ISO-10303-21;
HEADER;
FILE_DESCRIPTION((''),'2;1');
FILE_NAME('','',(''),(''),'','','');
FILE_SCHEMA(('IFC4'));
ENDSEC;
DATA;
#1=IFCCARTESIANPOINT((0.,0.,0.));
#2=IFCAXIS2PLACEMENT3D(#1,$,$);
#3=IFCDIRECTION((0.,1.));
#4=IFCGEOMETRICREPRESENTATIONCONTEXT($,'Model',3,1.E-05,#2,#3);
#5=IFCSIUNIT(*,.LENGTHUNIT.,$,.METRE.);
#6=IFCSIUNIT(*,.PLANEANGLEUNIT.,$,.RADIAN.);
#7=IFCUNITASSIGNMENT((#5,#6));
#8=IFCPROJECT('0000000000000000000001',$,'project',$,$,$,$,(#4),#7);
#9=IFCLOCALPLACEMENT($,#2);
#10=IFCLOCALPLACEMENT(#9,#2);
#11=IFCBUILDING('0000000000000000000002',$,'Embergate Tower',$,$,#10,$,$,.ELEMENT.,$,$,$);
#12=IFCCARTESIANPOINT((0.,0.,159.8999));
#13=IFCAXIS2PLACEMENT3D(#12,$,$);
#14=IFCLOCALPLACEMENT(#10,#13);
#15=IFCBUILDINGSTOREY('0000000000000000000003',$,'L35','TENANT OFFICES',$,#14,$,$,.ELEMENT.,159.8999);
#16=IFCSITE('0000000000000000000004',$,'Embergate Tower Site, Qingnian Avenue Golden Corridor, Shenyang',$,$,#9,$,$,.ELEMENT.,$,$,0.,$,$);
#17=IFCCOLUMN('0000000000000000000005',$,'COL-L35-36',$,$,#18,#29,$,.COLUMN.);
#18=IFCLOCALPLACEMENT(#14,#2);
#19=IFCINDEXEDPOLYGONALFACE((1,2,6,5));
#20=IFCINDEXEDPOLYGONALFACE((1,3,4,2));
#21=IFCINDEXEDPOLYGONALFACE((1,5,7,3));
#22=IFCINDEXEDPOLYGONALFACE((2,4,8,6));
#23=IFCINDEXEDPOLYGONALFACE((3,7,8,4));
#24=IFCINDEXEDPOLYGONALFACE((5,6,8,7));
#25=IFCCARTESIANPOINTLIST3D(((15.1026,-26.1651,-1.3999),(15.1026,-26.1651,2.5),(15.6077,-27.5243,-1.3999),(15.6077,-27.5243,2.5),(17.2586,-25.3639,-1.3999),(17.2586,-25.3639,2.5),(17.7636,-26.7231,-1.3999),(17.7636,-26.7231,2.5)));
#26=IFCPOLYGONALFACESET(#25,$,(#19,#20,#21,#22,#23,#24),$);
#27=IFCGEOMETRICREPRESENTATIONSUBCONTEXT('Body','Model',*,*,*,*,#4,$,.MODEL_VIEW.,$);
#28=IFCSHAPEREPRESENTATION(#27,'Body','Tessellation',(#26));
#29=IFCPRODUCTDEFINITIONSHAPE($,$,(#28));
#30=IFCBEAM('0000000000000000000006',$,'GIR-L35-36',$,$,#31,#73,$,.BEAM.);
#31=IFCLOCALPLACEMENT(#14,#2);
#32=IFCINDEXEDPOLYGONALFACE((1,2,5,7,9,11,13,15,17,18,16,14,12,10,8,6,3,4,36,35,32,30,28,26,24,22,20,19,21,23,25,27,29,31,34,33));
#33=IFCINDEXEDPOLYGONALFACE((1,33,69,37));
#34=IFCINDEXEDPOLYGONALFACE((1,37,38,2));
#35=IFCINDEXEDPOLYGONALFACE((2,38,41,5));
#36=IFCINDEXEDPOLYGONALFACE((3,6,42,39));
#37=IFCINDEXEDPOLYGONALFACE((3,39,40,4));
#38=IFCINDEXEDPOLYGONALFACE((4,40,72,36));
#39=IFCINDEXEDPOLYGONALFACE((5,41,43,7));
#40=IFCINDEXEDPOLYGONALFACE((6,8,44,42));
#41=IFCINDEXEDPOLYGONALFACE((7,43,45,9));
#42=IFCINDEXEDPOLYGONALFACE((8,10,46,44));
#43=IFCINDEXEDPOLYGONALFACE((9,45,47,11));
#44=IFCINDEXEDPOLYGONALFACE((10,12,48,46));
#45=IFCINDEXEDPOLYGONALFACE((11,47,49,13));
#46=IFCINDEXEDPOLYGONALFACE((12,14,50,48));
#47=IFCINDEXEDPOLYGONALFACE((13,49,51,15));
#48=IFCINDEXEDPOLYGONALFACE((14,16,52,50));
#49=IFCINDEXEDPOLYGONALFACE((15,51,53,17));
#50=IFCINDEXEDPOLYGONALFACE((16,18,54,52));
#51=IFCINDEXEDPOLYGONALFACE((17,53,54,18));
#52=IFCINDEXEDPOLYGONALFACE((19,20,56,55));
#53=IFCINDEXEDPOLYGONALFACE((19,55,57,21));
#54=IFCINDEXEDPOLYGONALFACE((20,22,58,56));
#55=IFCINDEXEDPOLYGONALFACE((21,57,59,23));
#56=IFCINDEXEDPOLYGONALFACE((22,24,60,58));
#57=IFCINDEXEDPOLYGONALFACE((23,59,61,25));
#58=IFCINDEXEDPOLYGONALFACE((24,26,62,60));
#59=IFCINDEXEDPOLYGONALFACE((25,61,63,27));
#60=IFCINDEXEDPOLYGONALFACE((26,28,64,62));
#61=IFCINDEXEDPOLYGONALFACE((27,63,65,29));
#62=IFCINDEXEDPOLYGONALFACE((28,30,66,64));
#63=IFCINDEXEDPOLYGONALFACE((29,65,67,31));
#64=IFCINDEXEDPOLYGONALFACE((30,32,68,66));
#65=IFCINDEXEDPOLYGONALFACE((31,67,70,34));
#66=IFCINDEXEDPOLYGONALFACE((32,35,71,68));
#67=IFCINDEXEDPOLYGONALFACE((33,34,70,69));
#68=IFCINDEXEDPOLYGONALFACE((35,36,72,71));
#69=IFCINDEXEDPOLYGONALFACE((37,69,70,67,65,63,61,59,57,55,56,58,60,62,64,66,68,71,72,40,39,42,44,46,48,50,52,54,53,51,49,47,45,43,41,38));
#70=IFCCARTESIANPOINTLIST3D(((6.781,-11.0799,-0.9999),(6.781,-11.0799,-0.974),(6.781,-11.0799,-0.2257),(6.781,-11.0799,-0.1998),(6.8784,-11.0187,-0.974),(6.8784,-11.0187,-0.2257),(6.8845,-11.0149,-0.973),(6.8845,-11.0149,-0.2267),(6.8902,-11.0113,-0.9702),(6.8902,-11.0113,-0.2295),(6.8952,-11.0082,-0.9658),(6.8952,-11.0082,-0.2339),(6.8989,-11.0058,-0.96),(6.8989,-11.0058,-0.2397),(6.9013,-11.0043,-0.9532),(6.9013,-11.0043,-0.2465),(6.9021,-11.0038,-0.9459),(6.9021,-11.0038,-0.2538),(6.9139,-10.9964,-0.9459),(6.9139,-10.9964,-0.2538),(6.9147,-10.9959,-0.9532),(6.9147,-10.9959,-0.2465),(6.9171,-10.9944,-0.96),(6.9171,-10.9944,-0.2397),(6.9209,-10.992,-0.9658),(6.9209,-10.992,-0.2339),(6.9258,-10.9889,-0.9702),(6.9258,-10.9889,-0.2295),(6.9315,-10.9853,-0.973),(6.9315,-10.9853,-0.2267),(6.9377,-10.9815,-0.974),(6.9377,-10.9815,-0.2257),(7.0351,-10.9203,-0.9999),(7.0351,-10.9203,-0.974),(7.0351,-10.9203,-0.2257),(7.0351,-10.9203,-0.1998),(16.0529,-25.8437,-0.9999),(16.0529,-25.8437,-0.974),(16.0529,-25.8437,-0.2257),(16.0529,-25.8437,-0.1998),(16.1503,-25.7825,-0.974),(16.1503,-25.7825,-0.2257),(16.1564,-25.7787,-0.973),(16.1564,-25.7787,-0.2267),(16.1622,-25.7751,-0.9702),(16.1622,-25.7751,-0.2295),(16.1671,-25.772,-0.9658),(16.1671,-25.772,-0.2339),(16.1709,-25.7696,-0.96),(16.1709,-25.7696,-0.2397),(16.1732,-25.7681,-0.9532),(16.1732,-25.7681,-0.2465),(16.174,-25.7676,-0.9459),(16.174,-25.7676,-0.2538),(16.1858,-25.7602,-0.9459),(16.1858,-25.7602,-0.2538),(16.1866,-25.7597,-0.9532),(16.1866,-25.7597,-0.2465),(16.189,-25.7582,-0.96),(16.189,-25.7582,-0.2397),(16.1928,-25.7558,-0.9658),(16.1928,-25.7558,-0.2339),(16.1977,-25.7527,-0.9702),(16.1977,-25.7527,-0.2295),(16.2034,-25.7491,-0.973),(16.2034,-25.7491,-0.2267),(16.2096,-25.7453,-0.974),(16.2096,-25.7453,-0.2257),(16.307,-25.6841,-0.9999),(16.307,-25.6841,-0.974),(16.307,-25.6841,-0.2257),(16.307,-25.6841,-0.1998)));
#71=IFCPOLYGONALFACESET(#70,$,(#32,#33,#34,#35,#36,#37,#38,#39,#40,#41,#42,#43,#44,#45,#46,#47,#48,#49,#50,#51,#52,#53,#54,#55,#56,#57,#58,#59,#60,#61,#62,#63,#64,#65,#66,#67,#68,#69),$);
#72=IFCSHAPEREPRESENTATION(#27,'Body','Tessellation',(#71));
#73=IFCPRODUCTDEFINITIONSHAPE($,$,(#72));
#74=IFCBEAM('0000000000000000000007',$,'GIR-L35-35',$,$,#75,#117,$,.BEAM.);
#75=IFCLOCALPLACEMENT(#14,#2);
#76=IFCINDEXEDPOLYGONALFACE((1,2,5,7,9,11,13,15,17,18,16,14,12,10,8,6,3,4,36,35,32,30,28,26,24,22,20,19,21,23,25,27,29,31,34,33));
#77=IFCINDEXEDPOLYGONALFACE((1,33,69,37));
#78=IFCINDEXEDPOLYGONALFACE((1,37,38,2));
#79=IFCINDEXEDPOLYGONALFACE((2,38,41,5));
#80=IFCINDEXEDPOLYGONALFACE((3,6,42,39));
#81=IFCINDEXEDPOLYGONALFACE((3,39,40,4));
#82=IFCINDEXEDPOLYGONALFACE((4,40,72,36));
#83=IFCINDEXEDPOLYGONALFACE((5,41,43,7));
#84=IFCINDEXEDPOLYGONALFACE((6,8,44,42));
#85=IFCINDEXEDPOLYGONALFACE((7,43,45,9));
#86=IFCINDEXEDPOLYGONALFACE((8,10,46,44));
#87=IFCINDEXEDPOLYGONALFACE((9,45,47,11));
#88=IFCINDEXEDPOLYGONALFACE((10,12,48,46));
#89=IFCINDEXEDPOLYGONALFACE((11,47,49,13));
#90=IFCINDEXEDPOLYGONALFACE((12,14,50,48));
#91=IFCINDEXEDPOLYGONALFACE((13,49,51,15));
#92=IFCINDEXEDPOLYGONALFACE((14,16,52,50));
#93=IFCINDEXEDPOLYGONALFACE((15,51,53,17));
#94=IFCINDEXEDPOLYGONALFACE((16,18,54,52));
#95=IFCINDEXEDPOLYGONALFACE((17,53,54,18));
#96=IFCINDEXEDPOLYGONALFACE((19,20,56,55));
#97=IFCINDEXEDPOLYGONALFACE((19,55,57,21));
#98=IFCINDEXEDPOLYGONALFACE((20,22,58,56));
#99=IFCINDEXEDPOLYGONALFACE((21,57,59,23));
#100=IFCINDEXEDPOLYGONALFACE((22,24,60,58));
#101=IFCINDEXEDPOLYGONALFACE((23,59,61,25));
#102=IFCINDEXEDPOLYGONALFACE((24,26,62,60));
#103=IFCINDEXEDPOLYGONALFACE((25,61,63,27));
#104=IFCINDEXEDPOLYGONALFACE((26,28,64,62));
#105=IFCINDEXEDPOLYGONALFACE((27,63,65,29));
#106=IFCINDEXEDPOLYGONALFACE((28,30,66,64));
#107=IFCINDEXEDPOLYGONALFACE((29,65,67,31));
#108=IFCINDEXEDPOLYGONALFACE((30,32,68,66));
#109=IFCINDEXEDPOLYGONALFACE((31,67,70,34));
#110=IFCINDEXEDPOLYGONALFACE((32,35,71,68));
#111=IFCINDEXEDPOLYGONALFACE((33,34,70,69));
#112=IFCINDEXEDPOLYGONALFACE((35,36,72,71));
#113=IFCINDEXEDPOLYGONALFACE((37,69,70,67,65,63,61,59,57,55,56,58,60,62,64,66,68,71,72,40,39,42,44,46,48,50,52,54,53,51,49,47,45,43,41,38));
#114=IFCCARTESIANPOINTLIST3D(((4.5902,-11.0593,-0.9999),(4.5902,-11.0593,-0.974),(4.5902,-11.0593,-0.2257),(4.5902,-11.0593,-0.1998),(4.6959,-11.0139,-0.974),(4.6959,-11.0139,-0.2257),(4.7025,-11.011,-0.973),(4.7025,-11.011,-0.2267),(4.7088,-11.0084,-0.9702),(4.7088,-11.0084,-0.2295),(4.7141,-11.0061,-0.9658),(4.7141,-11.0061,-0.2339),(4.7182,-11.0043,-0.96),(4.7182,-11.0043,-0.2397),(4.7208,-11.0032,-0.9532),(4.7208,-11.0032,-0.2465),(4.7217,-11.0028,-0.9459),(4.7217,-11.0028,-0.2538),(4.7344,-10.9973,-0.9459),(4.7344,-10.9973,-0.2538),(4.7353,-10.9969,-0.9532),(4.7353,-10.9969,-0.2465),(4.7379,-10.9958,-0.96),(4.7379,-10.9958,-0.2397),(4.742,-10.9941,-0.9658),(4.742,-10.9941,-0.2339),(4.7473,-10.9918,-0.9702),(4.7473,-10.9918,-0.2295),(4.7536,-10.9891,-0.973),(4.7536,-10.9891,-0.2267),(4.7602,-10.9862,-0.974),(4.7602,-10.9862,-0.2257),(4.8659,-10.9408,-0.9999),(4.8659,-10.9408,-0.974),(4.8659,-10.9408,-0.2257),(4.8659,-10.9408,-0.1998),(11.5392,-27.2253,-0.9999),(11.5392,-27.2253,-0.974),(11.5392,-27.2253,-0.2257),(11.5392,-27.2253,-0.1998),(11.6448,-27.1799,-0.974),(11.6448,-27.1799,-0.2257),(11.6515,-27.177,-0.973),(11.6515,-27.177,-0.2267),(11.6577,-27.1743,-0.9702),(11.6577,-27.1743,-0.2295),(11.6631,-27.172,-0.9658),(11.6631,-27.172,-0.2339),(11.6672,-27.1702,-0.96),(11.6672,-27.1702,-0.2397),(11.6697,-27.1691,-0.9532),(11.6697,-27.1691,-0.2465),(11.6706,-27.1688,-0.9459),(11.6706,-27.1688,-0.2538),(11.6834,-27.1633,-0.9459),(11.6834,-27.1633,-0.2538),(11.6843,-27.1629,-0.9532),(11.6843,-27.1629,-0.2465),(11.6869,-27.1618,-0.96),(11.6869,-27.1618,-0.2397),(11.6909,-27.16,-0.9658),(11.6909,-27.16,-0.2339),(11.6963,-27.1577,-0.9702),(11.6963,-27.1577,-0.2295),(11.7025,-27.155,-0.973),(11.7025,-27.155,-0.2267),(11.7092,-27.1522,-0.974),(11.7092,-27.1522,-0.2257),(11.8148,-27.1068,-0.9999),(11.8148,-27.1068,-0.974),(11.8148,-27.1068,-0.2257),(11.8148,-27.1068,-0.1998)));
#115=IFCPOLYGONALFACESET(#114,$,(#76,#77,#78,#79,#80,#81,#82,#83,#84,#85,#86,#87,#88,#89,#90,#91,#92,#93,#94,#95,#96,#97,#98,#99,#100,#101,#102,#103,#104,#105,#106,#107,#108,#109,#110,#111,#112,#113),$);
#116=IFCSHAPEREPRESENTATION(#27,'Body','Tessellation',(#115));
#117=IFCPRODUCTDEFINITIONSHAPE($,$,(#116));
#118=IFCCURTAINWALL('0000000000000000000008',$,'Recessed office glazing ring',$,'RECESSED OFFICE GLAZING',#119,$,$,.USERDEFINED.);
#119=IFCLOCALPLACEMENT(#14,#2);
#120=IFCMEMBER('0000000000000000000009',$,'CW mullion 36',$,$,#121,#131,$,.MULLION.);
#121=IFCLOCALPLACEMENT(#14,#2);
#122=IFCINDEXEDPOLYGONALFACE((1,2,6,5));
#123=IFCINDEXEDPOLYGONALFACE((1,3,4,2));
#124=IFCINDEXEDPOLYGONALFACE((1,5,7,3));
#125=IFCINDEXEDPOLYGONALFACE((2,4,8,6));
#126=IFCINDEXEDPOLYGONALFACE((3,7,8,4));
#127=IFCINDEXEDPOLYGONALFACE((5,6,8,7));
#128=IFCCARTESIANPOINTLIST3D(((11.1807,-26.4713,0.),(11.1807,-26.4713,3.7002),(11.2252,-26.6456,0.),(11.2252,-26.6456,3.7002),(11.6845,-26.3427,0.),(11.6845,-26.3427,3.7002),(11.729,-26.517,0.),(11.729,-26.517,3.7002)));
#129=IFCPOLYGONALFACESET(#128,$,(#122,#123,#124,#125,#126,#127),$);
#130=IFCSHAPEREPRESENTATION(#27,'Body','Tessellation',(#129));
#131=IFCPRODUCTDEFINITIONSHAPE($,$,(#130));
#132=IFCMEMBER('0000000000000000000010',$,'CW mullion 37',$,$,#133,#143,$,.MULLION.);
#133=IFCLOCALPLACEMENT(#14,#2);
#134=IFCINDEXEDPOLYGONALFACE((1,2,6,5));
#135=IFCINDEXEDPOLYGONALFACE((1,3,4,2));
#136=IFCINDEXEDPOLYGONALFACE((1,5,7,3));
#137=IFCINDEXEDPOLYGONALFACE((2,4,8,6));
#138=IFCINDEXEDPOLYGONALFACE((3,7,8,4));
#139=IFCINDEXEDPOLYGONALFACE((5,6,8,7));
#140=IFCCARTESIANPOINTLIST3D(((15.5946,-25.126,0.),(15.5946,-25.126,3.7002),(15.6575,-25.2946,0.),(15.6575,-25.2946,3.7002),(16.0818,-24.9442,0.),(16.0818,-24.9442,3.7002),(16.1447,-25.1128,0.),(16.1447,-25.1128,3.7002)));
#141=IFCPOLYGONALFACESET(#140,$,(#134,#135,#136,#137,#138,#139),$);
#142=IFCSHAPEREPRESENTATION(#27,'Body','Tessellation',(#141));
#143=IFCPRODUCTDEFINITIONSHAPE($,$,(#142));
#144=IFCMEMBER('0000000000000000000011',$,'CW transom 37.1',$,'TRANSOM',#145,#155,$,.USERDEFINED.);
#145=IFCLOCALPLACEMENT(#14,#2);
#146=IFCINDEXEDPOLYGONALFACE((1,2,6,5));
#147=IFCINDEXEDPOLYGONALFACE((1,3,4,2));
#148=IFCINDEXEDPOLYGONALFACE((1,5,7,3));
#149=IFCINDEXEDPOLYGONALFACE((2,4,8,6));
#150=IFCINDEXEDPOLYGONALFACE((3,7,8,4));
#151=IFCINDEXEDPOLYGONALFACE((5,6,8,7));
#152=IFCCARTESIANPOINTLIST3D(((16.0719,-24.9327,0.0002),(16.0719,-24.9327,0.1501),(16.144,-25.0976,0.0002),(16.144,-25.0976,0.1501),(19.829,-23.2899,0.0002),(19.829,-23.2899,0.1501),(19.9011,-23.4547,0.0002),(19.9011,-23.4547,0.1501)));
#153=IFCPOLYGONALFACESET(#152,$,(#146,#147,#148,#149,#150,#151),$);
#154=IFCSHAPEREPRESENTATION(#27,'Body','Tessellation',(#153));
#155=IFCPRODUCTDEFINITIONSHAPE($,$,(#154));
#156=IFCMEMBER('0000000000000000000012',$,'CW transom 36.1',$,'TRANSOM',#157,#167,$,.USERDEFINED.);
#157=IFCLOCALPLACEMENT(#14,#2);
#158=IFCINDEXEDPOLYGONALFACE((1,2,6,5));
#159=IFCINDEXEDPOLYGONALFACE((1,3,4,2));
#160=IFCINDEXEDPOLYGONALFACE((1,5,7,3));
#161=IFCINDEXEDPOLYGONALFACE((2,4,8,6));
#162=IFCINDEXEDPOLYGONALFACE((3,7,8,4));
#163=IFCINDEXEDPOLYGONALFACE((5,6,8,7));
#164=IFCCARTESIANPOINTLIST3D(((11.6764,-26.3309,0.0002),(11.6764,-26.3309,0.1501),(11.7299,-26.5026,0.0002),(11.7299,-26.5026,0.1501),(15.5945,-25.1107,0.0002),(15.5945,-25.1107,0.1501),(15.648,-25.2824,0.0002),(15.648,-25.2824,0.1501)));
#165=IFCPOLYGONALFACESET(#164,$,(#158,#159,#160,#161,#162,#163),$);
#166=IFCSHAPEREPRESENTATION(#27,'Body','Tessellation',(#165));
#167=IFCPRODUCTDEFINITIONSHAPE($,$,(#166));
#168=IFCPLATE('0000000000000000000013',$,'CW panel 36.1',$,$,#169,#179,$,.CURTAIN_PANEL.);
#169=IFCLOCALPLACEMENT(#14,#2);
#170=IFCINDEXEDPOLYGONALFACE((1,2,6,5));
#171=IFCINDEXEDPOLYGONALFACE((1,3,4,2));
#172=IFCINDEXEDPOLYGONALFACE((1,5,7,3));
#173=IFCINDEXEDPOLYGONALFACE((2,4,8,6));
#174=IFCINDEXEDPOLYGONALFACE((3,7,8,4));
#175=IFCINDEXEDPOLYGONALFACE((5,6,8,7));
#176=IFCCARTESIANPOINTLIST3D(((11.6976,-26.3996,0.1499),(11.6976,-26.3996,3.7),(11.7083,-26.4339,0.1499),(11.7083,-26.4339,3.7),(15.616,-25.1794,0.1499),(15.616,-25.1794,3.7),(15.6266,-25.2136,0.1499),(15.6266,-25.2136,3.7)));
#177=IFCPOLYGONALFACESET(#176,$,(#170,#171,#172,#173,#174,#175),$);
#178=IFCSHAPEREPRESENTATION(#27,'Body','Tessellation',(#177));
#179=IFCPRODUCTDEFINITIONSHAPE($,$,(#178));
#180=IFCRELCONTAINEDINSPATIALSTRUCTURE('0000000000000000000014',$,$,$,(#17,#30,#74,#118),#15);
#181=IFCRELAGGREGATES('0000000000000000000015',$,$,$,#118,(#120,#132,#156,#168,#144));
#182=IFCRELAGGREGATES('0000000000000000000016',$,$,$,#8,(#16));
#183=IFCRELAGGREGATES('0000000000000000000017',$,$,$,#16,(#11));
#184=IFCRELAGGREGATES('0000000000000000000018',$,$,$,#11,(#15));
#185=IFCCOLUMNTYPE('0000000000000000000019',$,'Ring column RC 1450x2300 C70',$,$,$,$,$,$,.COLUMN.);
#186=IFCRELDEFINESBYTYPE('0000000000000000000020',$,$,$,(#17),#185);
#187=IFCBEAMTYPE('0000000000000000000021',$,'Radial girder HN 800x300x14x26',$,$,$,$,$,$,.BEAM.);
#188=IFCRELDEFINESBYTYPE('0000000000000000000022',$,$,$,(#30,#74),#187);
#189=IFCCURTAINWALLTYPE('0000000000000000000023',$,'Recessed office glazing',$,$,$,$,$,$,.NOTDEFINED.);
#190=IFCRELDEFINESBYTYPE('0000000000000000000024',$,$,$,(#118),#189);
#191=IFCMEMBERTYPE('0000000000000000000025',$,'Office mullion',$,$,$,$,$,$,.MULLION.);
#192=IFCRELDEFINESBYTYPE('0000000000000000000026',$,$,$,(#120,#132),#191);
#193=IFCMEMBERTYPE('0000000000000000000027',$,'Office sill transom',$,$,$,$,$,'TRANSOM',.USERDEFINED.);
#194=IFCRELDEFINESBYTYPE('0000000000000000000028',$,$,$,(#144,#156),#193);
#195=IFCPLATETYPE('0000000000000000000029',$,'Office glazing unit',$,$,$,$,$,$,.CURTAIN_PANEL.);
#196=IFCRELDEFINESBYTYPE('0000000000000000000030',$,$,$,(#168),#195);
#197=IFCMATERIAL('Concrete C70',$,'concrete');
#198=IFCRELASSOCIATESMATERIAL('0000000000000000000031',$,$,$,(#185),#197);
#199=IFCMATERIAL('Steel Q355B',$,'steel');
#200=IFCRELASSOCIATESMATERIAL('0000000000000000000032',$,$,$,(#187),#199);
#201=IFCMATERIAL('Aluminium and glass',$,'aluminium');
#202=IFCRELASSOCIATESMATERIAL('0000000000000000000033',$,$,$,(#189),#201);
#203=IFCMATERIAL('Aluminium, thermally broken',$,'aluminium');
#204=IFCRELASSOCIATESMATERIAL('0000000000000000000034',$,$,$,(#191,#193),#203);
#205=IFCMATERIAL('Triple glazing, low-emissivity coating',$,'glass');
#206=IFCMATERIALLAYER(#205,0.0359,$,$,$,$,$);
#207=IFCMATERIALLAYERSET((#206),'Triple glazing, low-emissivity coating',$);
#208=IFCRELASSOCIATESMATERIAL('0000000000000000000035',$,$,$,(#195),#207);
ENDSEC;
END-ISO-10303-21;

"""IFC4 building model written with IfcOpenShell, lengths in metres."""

from ifc_helpers import new_model, si_unit, direction, frame, origin, origin_2d, place, context, subcontext, project, spatial, rectangle, i_section, extrude, source, transform, mapped, material, layer, layer_set, material_profile, profile_set, type_object, element, aggregate, save


model = new_model("IFC4")

# Units and contexts
model_context = context("Model", 3, precision=1e-05, world=origin(), true_north=direction((0.0, 1.0)))
body_context = subcontext(model_context, "Body", "Model", "MODEL_VIEW")
ifc_project = project(units=[si_unit("LENGTHUNIT", "METRE"), si_unit("PLANEANGLEUNIT", "RADIAN")], contexts=[model_context])

# Site, building, storey
site_placement = place(None, origin())
site = spatial("IfcSite", under=ifc_project, at=site_placement, Name="Embergate Tower Site, Qingnian Avenue Golden Corridor, Shenyang", CompositionType="ELEMENT", RefElevation=0.0)
building_placement = place(site_placement, origin())
building = spatial("IfcBuilding", under=site, at=building_placement, Name="Embergate Tower", CompositionType="ELEMENT")
storey_placement = place(building_placement, frame((0.0, 0.0, 159.8999)))
storey = spatial("IfcBuildingStorey", under=building, at=storey_placement, Name="L35", Description="TENANT OFFICES", CompositionType="ELEMENT", Elevation=159.8999)

# Column
ifc_material_1 = material(Name="Concrete C70", Category="concrete")
ifc_material_profile_1 = material_profile(ifc_material_1, rectangle(XDim=1.45, YDim=2.3, at=origin_2d()), Name="RC 1450x2300")
ifc_profile_set_1 = profile_set([ifc_material_profile_1], Name="Concrete C70")
column_type = type_object("IfcColumnType", Name="Ring column RC 1450x2300 C70", PredefinedType="COLUMN", material=ifc_profile_set_1)
shared_shape_1 = source(origin(), body_context, "Body", "SweptSolid", [
    extrude(rectangle(XDim=1.45, YDim=2.3, at=origin_2d()), origin(), (0.0, 0.0, 1.0), 3.8999),
])
column_placement = place(storey_placement, frame((16.4331, -26.4441, -1.3999), z_axis=(0.0, 0.0, 1.0), x_axis=(0.348343, -0.937367, 0.0)))
element("IfcColumn", 1, at=column_placement, inside=storey, type_object=column_type, Name="COL-L35-36", PredefinedType="COLUMN", context=body_context, shape_type="MappedRepresentation", body=[
    mapped(shared_shape_1, transform((0.0, 0.0, 0.0))),
])

# Beams
ifc_material_2 = material(Name="Steel Q355B", Category="steel")
ifc_material_profile_2 = material_profile(ifc_material_2, i_section(OverallWidth=0.3, OverallDepth=0.8, WebThickness=0.0139, FlangeThickness=0.0259, FilletRadius=0.0281, at=origin_2d()), Name="HN 800x300x14x26")
ifc_profile_set_2 = profile_set([ifc_material_profile_2], Name="Steel Q355 grade B")
beam_type = type_object("IfcBeamType", Name="Radial girder HN 800x300x14x26", PredefinedType="BEAM", material=ifc_profile_set_2)
shared_shape_2 = source(origin(), body_context, "Body", "SweptSolid", [
    extrude(i_section(OverallWidth=0.3, OverallDepth=0.8, WebThickness=0.0139, FlangeThickness=0.0259, FilletRadius=0.0281, at=origin_2d()), origin(), (0.0, 0.0, 1.0), 17.4338),
])
beam_1_placement = place(storey_placement, frame((16.1799, -25.7639, -0.5999), z_axis=(-0.531834, 0.846848, 0.0), x_axis=(-0.846848, -0.531834, 0.0)))
element("IfcBeam", 2, at=beam_1_placement, inside=storey, type_object=beam_type, Name="GIR-L35-36", PredefinedType="BEAM", context=body_context, shape_type="MappedRepresentation", body=[
    mapped(shared_shape_2, transform((0.0, 0.0, 0.0))),
])
shared_shape_3 = source(origin(), body_context, "Body", "SweptSolid", [
    extrude(i_section(OverallWidth=0.3, OverallDepth=0.8, WebThickness=0.0139, FlangeThickness=0.0259, FilletRadius=0.0281, at=origin_2d()), origin(), (0.0, 0.0, 1.0), 17.5962),
])
beam_2_placement = place(storey_placement, frame((11.677, -27.166, -0.5999), z_axis=(-0.394912, 0.918719, 0.0), x_axis=(-0.918719, -0.394912, 0.0)))
element("IfcBeam", 3, at=beam_2_placement, inside=storey, type_object=beam_type, Name="GIR-L35-35", PredefinedType="BEAM", context=body_context, shape_type="MappedRepresentation", body=[
    mapped(shared_shape_3, transform((0.0, 0.0, 0.0))),
])

# Curtain wall, members, plate
ifc_material_3 = material(Name="Aluminium and glass", Category="aluminium")
curtain_wall_type = type_object("IfcCurtainWallType", Name="Recessed office glazing", PredefinedType="NOTDEFINED", material=ifc_material_3)
curtain_wall_placement = place(storey_placement, origin())
curtain_wall = element("IfcCurtainWall", 4, at=curtain_wall_placement, inside=storey, type_object=curtain_wall_type, Name="Recessed office glazing ring", ObjectType="RECESSED OFFICE GLAZING", PredefinedType="USERDEFINED")
ifc_material_4 = material(Name="Aluminium, thermally broken", Category="aluminium")
ifc_material_profile_3 = material_profile(ifc_material_4, rectangle(XDim=0.1799, YDim=0.52, at=origin_2d()), Name="AL 520x180")
ifc_profile_set_3 = profile_set([ifc_material_profile_3], Name="Aluminium, thermally broken")
member_type_1 = type_object("IfcMemberType", Name="Office mullion", PredefinedType="MULLION", material=ifc_profile_set_3)
shared_shape_4 = source(origin(), body_context, "Body", "SweptSolid", [
    extrude(rectangle(XDim=0.1799, YDim=0.52, at=origin_2d()), origin(), (0.0, 0.0, 1.0), 3.7002),
])
member_1_placement = place(storey_placement, frame((11.4548, -26.4941, 0.0), z_axis=(0.0, 0.0, 1.0), x_axis=(-0.247312, 0.968936, 0.0)))
member_1 = element("IfcMember", 5, at=member_1_placement, type_object=member_type_1, Name="CW mullion 36", PredefinedType="MULLION", context=body_context, shape_type="MappedRepresentation", body=[
    mapped(shared_shape_4, transform((0.0, 0.0, 0.0))),
])
member_2_placement = place(storey_placement, frame((15.8696, -25.1194, 0.0), z_axis=(0.0, 0.0, 1.0), x_axis=(-0.349503, 0.936935, 0.0)))
member_2 = element("IfcMember", 6, at=member_2_placement, type_object=member_type_1, Name="CW mullion 37", PredefinedType="MULLION", context=body_context, shape_type="MappedRepresentation", body=[
    mapped(shared_shape_4, transform((0.0, 0.0, 0.0))),
])
ifc_material_profile_4 = material_profile(ifc_material_4, rectangle(XDim=0.1799, YDim=0.1499, at=origin_2d()), Name="AL 150x180")
ifc_profile_set_4 = profile_set([ifc_material_profile_4], Name="Aluminium, thermally broken")
member_type_2 = type_object("IfcMemberType", Name="Office sill transom", ElementType="TRANSOM", PredefinedType="USERDEFINED", material=ifc_profile_set_4)
shared_shape_5 = source(origin(), body_context, "Body", "SweptSolid", [
    extrude(rectangle(XDim=0.1799, YDim=0.1499, at=origin_2d()), origin(), (0.0, 0.0, 1.0), 4.1006),
])
member_3_placement = place(storey_placement, frame((16.1079, -25.0151, 0.0752), z_axis=(0.916238, 0.400635, 0.0), x_axis=(-0.400635, 0.916238, 0.0)))
member_3 = element("IfcMember", 7, at=member_3_placement, type_object=member_type_2, Name="CW transom 37.1", ObjectType="TRANSOM", PredefinedType="USERDEFINED", context=body_context, shape_type="MappedRepresentation", body=[
    mapped(shared_shape_5, transform((0.0, 0.0, 0.0))),
])
shared_shape_6 = source(origin(), body_context, "Body", "SweptSolid", [
    extrude(rectangle(XDim=0.1799, YDim=0.1499, at=origin_2d()), origin(), (0.0, 0.0, 1.0), 4.1038),
])
member_4_placement = place(storey_placement, frame((11.7031, -26.4167, 0.0752), z_axis=(0.954773, 0.297337, 0.0), x_axis=(-0.297337, 0.954773, 0.0)))
member_4 = element("IfcMember", 8, at=member_4_placement, type_object=member_type_2, Name="CW transom 36.1", ObjectType="TRANSOM", PredefinedType="USERDEFINED", context=body_context, shape_type="MappedRepresentation", body=[
    mapped(shared_shape_6, transform((0.0, 0.0, 0.0))),
])
ifc_material_5 = material(Name="Triple glazing, low-emissivity coating", Category="glass")
ifc_layer_1 = layer(ifc_material_5, 0.0359)
ifc_layer_set_1 = layer_set([ifc_layer_1], Name="Triple glazing, low-emissivity coating")
plate_type = type_object("IfcPlateType", Name="Office glazing unit", PredefinedType="CURTAIN_PANEL", material=ifc_layer_set_1)
shared_shape_7 = source(origin(), body_context, "Body", "SweptSolid", [
    extrude(rectangle(XDim=4.104, YDim=0.0359, at=origin_2d()), origin(), (0.0, 0.0, 1.0), 3.55),
])
plate_1_placement = place(storey_placement, frame((13.6621, -25.8066, 0.1499), z_axis=(0.0, 0.0, 1.0), x_axis=(0.954772, 0.297338, 0.0)))
plate_1 = element("IfcPlate", 9, at=plate_1_placement, type_object=plate_type, Name="CW panel 36.1", PredefinedType="CURTAIN_PANEL", context=body_context, shape_type="MappedRepresentation", body=[
    mapped(shared_shape_7, transform((0.0, 0.0, 0.0))),
])
aggregate(curtain_wall, [member_1, member_2, member_4, plate_1, member_3])

save(model, "model.ifc")
